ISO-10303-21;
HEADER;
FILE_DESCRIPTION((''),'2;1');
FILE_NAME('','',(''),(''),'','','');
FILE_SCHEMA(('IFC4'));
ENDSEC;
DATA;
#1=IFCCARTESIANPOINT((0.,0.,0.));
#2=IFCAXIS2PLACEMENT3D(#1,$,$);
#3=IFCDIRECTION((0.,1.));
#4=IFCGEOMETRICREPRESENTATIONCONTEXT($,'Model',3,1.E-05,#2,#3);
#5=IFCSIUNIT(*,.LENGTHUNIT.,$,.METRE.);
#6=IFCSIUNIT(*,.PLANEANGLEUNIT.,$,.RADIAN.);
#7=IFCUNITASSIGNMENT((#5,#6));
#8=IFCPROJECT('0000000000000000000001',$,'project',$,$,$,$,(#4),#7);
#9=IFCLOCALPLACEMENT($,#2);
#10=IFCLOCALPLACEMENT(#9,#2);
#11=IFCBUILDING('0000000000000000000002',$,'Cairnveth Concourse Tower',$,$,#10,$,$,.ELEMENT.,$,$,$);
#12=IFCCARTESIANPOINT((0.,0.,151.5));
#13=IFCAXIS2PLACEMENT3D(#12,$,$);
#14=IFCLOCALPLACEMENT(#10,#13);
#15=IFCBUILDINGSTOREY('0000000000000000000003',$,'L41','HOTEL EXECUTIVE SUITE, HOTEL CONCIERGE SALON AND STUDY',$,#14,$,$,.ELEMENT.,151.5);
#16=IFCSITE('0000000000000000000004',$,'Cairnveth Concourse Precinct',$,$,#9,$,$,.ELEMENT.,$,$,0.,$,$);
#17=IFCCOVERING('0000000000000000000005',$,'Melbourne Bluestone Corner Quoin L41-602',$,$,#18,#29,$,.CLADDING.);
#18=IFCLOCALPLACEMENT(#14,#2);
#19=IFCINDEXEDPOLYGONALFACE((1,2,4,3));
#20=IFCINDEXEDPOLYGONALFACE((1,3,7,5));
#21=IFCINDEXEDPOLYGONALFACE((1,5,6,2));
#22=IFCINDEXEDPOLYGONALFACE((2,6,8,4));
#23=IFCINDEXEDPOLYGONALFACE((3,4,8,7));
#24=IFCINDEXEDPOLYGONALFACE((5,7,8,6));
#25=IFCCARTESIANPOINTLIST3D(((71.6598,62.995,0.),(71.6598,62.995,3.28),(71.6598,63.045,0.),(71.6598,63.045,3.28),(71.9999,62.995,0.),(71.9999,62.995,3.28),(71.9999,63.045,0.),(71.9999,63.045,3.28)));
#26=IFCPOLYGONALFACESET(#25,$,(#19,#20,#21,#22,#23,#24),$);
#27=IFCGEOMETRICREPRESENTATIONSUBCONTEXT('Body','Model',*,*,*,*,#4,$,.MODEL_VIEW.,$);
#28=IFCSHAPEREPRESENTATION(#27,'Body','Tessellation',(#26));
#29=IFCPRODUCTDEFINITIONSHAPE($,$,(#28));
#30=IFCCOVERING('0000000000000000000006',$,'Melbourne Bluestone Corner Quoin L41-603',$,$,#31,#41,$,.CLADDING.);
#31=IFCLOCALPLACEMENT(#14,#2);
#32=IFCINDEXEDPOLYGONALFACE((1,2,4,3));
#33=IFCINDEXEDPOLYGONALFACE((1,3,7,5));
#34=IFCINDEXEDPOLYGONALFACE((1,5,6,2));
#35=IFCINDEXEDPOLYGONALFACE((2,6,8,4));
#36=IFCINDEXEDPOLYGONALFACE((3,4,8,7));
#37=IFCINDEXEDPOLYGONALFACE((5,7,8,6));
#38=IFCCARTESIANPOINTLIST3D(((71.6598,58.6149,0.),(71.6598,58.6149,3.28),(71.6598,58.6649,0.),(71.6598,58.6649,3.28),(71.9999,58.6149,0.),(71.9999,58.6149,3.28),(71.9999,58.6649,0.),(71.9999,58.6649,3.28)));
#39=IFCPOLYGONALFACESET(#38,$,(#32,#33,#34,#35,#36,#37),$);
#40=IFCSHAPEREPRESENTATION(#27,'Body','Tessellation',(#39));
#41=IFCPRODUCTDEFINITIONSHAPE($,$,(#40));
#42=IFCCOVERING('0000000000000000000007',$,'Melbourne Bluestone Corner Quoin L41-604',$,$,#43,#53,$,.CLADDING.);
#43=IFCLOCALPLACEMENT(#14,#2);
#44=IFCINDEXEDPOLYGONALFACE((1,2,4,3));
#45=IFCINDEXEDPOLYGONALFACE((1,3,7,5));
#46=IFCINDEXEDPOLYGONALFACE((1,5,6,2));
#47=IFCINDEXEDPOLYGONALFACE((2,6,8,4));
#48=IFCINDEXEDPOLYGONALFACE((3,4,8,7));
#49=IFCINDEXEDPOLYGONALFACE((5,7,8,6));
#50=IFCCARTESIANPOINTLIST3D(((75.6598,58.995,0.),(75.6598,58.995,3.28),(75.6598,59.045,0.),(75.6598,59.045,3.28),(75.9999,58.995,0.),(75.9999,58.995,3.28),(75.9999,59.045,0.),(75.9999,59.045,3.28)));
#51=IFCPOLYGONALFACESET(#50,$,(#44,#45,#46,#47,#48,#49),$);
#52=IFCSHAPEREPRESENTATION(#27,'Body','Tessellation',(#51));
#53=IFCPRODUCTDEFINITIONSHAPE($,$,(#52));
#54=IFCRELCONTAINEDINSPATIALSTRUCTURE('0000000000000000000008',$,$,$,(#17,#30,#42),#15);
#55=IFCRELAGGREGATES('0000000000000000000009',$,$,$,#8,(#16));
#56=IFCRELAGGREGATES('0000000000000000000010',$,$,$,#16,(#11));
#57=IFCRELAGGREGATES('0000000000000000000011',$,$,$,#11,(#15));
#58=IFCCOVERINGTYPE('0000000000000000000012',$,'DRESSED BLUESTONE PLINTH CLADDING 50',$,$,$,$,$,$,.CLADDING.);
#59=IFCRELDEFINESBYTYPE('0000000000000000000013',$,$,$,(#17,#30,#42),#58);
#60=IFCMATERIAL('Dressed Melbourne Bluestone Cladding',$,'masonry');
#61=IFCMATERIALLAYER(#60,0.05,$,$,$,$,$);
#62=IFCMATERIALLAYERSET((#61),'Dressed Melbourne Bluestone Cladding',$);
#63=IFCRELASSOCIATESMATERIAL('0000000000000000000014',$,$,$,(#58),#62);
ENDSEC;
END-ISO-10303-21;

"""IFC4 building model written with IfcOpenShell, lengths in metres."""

from ifc_helpers import new_model, si_unit, direction, frame, frame_2d, origin, place, context, subcontext, project, spatial, rectangle, extrude, material, layer, layer_set, type_object, element, save


model = new_model("IFC4")

# Units and contexts
model_context = context("Model", 3, precision=1e-05, world=origin(), true_north=direction((0.0, 1.0)))
body_context = subcontext(model_context, "Body", "Model", "MODEL_VIEW")
ifc_project = project(units=[si_unit("LENGTHUNIT", "METRE"), si_unit("PLANEANGLEUNIT", "RADIAN")], contexts=[model_context])

# Site, building, storey
site_placement = place(None, origin())
site = spatial("IfcSite", under=ifc_project, at=site_placement, Name="Cairnveth Concourse Precinct", CompositionType="ELEMENT", RefElevation=0.0)
building_placement = place(site_placement, origin())
building = spatial("IfcBuilding", under=site, at=building_placement, Name="Cairnveth Concourse Tower", CompositionType="ELEMENT")
storey_placement = place(building_placement, frame((0.0, 0.0, 151.5)))
storey = spatial("IfcBuildingStorey", under=building, at=storey_placement, Name="L41", Description="HOTEL EXECUTIVE SUITE, HOTEL CONCIERGE SALON AND STUDY", CompositionType="ELEMENT", Elevation=151.5)

# Coverings
ifc_material_1 = material(Name="Dressed Melbourne Bluestone Cladding", Category="masonry")
ifc_layer_1 = layer(ifc_material_1, 0.05)
ifc_layer_set_1 = layer_set([ifc_layer_1], Name="Dressed Melbourne Bluestone Cladding")
covering_type = type_object("IfcCoveringType", Name="DRESSED BLUESTONE PLINTH CLADDING 50", PredefinedType="CLADDING", material=ifc_layer_set_1)
for number, where, z_axis, x_axis, name in (
    (1, (71.6599, 63.02, 0.0), (0.0, 0.0, 1.0), (1.0, 0.0, 0.0), "Melbourne Bluestone Corner Quoin L41-602"),
    (2, (71.6599, 58.6399, 0.0), (0.0, 0.0, 1.0), (1.0, 0.0, 0.0), "Melbourne Bluestone Corner Quoin L41-603"),
    (3, (75.6599, 59.02, 0.0), (0.0, 0.0, 1.0), (1.0, 0.0, 0.0), "Melbourne Bluestone Corner Quoin L41-604"),
):
    element("IfcCovering", number, at=place(storey_placement, frame(where, z_axis=z_axis, x_axis=x_axis)), inside=storey, type_object=covering_type, Name=name, PredefinedType="CLADDING", context=body_context, shape_type="SweptSolid", body=[
        extrude(rectangle(XDim=0.3401, YDim=0.05, at=frame_2d((0.1699, 0.0))), origin(), (0.0, 0.0, 1.0), 3.28),
    ])

save(model, "model.ifc")
